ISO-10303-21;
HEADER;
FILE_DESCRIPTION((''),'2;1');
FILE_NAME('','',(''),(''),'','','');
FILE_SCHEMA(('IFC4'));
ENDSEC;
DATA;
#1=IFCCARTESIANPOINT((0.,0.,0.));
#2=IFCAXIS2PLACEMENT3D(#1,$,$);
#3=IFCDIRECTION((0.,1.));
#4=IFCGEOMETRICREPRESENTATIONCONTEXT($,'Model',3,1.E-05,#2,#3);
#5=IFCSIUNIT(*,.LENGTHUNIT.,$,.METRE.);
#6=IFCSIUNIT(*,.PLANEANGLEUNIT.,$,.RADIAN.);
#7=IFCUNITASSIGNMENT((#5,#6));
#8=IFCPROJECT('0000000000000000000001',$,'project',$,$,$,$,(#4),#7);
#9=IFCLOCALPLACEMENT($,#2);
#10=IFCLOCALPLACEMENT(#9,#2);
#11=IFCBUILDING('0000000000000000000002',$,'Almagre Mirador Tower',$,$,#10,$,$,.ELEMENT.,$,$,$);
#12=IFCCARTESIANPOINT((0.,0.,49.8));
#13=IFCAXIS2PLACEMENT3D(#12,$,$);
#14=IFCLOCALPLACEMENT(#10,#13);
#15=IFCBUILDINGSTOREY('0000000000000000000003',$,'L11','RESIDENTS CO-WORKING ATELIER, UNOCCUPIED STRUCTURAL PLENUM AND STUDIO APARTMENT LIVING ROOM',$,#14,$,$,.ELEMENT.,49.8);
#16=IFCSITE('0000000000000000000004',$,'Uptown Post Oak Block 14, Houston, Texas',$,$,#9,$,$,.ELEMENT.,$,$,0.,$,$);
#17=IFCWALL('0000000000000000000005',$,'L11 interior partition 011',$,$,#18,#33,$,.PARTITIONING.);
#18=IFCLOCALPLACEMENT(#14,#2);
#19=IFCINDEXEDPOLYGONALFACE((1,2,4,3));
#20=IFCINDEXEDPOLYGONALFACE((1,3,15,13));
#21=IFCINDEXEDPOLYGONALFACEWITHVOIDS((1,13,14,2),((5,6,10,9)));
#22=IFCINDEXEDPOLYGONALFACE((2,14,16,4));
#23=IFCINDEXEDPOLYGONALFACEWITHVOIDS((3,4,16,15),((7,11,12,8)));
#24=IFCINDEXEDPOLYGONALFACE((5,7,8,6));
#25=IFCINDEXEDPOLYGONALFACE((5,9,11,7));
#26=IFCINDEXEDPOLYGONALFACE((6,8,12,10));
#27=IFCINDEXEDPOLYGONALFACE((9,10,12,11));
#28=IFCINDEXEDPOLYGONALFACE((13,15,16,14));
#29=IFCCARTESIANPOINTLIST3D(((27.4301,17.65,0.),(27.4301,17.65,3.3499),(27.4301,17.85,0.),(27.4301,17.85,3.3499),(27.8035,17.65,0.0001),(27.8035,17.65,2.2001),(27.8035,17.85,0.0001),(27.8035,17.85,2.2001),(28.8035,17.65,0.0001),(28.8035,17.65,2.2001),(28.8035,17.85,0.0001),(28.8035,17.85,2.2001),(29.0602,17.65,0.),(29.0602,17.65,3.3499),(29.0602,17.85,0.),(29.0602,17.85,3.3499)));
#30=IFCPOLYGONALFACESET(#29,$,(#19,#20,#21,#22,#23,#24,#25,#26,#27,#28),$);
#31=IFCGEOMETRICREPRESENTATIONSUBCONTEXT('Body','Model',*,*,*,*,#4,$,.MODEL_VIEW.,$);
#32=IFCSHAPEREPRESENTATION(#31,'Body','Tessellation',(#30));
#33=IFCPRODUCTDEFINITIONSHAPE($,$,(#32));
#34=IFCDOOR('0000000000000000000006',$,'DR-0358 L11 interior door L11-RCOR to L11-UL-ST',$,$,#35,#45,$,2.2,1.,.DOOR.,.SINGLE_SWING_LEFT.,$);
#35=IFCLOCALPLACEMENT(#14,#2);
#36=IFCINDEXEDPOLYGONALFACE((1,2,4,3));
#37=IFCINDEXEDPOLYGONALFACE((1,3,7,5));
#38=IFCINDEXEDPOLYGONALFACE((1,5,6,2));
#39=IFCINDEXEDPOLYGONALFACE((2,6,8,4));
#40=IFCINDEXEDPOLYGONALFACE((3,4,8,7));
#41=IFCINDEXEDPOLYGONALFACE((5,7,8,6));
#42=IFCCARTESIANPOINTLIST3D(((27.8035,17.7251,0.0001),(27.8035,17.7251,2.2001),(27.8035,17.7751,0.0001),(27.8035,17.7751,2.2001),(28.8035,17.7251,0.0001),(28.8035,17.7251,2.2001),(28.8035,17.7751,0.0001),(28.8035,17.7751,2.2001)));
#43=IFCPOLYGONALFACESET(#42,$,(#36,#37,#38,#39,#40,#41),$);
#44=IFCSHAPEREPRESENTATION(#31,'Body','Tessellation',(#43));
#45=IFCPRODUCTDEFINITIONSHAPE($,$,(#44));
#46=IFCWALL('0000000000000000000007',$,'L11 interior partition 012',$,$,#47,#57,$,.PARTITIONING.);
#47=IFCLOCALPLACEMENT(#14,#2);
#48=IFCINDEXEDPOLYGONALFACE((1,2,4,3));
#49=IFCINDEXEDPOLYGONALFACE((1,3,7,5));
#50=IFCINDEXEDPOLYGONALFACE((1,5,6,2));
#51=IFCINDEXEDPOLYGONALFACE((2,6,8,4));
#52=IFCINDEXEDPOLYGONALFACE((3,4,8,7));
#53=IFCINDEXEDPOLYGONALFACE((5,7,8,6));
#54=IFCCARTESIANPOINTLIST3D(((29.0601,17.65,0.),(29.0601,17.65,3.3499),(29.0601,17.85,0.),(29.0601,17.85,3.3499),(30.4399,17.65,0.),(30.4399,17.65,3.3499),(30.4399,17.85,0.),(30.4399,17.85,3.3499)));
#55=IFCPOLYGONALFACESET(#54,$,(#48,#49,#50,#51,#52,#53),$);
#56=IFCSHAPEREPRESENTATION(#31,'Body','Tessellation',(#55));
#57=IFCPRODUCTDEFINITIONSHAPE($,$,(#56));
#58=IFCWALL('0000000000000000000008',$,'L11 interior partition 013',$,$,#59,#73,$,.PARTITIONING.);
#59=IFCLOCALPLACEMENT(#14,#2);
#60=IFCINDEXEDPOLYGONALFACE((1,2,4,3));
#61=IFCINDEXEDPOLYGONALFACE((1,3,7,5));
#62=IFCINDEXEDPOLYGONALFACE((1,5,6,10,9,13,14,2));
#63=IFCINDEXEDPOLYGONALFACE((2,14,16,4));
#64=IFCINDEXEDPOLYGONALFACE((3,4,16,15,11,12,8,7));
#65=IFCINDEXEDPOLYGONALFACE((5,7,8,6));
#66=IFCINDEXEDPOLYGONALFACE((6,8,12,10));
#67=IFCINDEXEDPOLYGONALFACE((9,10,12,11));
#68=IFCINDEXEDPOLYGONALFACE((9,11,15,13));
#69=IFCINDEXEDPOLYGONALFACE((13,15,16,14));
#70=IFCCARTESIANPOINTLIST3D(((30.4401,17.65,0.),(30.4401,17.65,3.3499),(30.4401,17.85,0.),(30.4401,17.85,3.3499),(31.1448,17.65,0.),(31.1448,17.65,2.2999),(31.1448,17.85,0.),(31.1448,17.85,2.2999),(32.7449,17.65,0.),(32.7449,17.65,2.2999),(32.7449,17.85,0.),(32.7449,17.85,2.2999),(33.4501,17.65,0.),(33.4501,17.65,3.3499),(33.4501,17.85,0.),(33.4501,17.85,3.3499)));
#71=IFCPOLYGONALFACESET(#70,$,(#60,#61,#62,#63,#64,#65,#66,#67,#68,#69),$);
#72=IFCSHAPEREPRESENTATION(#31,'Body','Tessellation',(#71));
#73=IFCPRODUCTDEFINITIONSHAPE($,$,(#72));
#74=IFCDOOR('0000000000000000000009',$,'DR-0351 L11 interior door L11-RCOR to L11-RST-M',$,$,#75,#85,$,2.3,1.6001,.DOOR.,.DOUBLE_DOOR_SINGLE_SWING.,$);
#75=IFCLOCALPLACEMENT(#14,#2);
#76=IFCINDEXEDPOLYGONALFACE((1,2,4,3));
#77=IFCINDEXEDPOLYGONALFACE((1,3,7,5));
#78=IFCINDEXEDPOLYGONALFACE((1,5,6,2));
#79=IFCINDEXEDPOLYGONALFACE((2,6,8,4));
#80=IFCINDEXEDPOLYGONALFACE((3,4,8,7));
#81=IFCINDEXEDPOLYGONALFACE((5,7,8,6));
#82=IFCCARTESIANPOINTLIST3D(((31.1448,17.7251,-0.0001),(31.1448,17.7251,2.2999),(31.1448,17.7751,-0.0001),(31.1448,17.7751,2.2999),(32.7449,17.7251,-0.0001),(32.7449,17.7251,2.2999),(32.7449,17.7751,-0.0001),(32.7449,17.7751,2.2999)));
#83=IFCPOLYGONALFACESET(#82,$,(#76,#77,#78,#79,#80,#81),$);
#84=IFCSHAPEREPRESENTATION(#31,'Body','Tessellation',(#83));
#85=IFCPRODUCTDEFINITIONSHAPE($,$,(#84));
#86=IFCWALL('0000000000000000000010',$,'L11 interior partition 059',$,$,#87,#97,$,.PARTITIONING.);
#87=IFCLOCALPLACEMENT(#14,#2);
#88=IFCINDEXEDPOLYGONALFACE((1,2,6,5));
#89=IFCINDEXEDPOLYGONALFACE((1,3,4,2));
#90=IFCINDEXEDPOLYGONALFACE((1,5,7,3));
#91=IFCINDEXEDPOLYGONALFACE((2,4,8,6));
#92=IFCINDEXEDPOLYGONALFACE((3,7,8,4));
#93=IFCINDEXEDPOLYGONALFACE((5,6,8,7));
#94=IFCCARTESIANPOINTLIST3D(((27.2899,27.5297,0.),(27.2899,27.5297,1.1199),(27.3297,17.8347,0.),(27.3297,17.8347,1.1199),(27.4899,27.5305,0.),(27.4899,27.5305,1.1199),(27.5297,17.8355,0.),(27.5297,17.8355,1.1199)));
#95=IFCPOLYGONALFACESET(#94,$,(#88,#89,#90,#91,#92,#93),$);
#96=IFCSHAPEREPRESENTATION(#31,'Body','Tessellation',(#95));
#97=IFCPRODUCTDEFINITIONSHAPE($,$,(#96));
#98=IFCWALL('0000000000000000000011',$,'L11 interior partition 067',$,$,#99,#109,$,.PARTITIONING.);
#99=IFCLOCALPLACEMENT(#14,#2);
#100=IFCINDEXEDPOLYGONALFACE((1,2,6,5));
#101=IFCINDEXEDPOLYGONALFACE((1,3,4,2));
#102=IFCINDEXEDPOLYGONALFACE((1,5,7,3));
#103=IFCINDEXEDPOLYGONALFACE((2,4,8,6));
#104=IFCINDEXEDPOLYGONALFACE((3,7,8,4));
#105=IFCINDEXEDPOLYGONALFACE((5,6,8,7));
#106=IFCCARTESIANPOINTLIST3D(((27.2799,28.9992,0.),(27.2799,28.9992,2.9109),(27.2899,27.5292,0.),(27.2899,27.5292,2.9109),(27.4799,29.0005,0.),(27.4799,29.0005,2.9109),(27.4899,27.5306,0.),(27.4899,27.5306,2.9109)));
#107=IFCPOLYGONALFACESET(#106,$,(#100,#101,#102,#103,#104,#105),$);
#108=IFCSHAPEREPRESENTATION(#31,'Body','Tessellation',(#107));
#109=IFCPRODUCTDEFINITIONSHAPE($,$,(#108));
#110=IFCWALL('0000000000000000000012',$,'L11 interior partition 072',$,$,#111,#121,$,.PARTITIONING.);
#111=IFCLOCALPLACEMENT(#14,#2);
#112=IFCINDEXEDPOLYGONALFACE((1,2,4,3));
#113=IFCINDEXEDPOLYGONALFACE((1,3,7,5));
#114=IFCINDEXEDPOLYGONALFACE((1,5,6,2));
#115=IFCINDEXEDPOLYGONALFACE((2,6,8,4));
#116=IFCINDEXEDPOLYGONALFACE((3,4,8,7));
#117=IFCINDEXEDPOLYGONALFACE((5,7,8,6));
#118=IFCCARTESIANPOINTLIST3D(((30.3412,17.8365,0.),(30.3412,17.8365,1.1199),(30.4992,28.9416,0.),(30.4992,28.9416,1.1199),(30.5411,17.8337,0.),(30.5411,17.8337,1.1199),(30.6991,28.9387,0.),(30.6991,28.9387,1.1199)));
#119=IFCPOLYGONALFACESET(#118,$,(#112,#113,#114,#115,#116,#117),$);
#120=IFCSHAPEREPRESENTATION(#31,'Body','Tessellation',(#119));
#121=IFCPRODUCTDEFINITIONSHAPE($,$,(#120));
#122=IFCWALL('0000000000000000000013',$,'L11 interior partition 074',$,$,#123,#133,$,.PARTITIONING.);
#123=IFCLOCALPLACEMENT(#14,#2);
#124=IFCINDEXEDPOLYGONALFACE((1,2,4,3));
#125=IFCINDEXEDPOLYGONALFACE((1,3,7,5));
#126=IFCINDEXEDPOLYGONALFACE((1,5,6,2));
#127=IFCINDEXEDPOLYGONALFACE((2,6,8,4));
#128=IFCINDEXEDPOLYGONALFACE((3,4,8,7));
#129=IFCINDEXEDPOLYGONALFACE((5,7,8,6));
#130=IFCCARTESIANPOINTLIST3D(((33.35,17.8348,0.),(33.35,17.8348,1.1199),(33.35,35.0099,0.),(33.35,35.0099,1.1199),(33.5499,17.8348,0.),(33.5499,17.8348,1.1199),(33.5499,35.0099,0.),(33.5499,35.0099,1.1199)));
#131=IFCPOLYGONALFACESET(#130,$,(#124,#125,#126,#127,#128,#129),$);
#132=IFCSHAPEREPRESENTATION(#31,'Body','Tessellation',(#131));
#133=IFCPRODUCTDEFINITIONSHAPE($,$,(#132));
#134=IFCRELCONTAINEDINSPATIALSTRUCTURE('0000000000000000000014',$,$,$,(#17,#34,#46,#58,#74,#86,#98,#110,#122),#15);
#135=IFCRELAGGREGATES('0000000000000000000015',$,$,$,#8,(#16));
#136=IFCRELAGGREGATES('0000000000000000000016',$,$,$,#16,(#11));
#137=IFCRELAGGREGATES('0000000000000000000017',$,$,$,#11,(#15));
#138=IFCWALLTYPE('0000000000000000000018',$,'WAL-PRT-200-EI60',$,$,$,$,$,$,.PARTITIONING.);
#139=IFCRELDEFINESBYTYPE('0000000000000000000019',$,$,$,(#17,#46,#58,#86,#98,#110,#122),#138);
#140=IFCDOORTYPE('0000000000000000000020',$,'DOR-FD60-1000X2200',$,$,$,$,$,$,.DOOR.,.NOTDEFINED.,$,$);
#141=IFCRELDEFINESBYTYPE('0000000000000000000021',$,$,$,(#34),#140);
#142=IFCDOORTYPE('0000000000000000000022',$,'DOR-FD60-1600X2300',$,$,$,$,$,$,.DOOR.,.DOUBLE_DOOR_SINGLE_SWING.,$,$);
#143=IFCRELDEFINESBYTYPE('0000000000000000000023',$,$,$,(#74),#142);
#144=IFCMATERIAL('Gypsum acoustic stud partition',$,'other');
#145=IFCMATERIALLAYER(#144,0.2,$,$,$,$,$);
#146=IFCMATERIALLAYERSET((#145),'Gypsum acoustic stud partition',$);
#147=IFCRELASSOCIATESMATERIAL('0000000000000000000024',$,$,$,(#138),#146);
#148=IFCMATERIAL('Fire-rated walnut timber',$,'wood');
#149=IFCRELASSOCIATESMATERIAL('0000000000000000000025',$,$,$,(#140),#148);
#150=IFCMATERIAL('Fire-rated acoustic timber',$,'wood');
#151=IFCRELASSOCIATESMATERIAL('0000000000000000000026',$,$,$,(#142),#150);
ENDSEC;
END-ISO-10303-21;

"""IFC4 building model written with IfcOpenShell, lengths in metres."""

from ifc_helpers import new_model, si_unit, direction, frame, frame_2d, origin, place, context, subcontext, project, spatial, rectangle, extrude, material, layer, layer_set, type_object, element, fill, save


model = new_model("IFC4")

# Units and contexts
model_context = context("Model", 3, precision=1e-05, world=origin(), true_north=direction((0.0, 1.0)))
body_context = subcontext(model_context, "Body", "Model", "MODEL_VIEW")
ifc_project = project(units=[si_unit("LENGTHUNIT", "METRE"), si_unit("PLANEANGLEUNIT", "RADIAN")], contexts=[model_context])

# Site, building, storey
site_placement = place(None, origin())
site = spatial("IfcSite", under=ifc_project, at=site_placement, Name="Uptown Post Oak Block 14, Houston, Texas", CompositionType="ELEMENT", RefElevation=0.0)
building_placement = place(site_placement, origin())
building = spatial("IfcBuilding", under=site, at=building_placement, Name="Almagre Mirador Tower", CompositionType="ELEMENT")
storey_placement = place(building_placement, frame((0.0, 0.0, 49.8)))
storey = spatial("IfcBuildingStorey", under=building, at=storey_placement, Name="L11", Description="RESIDENTS CO-WORKING ATELIER, UNOCCUPIED STRUCTURAL PLENUM AND STUDIO APARTMENT LIVING ROOM", CompositionType="ELEMENT", Elevation=49.8)

# Shared definitions
ifc_material_1 = material(Name="Gypsum acoustic stud partition", Category="other")
ifc_layer_1 = layer(ifc_material_1, 0.2)
ifc_layer_set_1 = layer_set([ifc_layer_1], Name="Gypsum acoustic stud partition")
wall_type_1 = type_object("IfcWallType", Name="WAL-PRT-200-EI60", PredefinedType="PARTITIONING", material=ifc_layer_set_1)

# Wall, opening, door
wall_1_placement = place(storey_placement, frame((29.0601, 17.75, 0.0), z_axis=(0.0, 0.0, 1.0), x_axis=(-1.0, 0.0, 0.0)))
wall_1 = element("IfcWall", 1, at=wall_1_placement, inside=storey, type_object=wall_type_1, Name="L11 interior partition 011", PredefinedType="PARTITIONING", context=body_context, shape_type="SweptSolid", body=[
    extrude(rectangle(XDim=1.6301, YDim=0.2, at=frame_2d((0.8149, 0.0))), origin(), (0.0, 0.0, 1.0), 3.3499),
])
opening_1_placement = place(wall_1_placement, frame((0.2566, 0.0, 0.0)))
opening_1 = element("IfcOpeningElement", 2, at=opening_1_placement, cuts=wall_1, PredefinedType="OPENING", context=body_context, shape_type="SweptSolid", body=[
    extrude(rectangle(XDim=1.0, YDim=2.2, at=frame_2d((0.5, 1.1001))), frame((0.0, 0.1101, 0.0), z_axis=(0.0, -1.0, 0.0), x_axis=(1.0, 0.0, 0.0)), (0.0, 0.0, 1.0), 0.22),
])
ifc_material_2 = material(Name="Fire-rated walnut timber", Category="wood")
door_type_1 = type_object("IfcDoorType", Name="DOR-FD60-1000X2200", OperationType="NOTDEFINED", PredefinedType="DOOR", material=ifc_material_2)
door_1_placement = place(opening_1_placement, origin())
door_1 = element("IfcDoor", 3, at=door_1_placement, inside=storey, type_object=door_type_1, Name="DR-0358 L11 interior door L11-RCOR to L11-UL-ST", OperationType="SINGLE_SWING_LEFT", OverallHeight=2.2, OverallWidth=1.0, PredefinedType="DOOR", context=body_context, shape_type="SweptSolid", body=[
    extrude(rectangle(XDim=1.0, YDim=2.2, at=frame_2d((0.5, 1.1001))), frame((0.0, 0.0249, 0.0), z_axis=(0.0, -1.0, 0.0), x_axis=(1.0, 0.0, 0.0)), (0.0, 0.0, 1.0), 0.05),
])
fill(opening_1, door_1)

# Wall
wall_2_placement = place(storey_placement, frame((30.4399, 17.75, 0.0), z_axis=(0.0, 0.0, 1.0), x_axis=(-1.0, 0.0, 0.0)))
element("IfcWall", 4, at=wall_2_placement, inside=storey, type_object=wall_type_1, Name="L11 interior partition 012", PredefinedType="PARTITIONING", context=body_context, shape_type="SweptSolid", body=[
    extrude(rectangle(XDim=1.3799, YDim=0.2, at=frame_2d((0.6899, 0.0))), origin(), (0.0, 0.0, 1.0), 3.3499),
])

# Wall, opening, door
wall_3_placement = place(storey_placement, frame((33.45, 17.75, 0.0), z_axis=(0.0, 0.0, 1.0), x_axis=(-1.0, 0.0, 0.0)))
wall_3 = element("IfcWall", 5, at=wall_3_placement, inside=storey, type_object=wall_type_1, Name="L11 interior partition 013", PredefinedType="PARTITIONING", context=body_context, shape_type="SweptSolid", body=[
    extrude(rectangle(XDim=3.01, YDim=0.2, at=frame_2d((1.5049, 0.0))), origin(), (0.0, 0.0, 1.0), 3.3499),
])
opening_2_placement = place(wall_3_placement, frame((0.7051, 0.0, 0.0)))
opening_2 = element("IfcOpeningElement", 6, at=opening_2_placement, cuts=wall_3, PredefinedType="OPENING", context=body_context, shape_type="SweptSolid", body=[
    extrude(rectangle(XDim=1.6001, YDim=2.3, at=frame_2d((0.8, 1.1499))), frame((0.0, 0.1101, 0.0), z_axis=(0.0, -1.0, 0.0), x_axis=(1.0, 0.0, 0.0)), (0.0, 0.0, 1.0), 0.22),
])
ifc_material_3 = material(Name="Fire-rated acoustic timber", Category="wood")
door_type_2 = type_object("IfcDoorType", Name="DOR-FD60-1600X2300", OperationType="DOUBLE_DOOR_SINGLE_SWING", PredefinedType="DOOR", material=ifc_material_3)
door_2_placement = place(opening_2_placement, origin())
door_2 = element("IfcDoor", 7, at=door_2_placement, inside=storey, type_object=door_type_2, Name="DR-0351 L11 interior door L11-RCOR to L11-RST-M", OperationType="DOUBLE_DOOR_SINGLE_SWING", OverallHeight=2.3, OverallWidth=1.6001, PredefinedType="DOOR", context=body_context, shape_type="SweptSolid", body=[
    extrude(rectangle(XDim=1.6001, YDim=2.3, at=frame_2d((0.8, 1.1499))), frame((0.0, 0.0249, 0.0), z_axis=(0.0, -1.0, 0.0), x_axis=(1.0, 0.0, 0.0)), (0.0, 0.0, 1.0), 0.05),
])
fill(opening_2, door_2)

# Walls
wall_4_placement = place(storey_placement, frame((27.4297, 17.835, 0.0), z_axis=(0.0, 0.0, 1.0), x_axis=(-0.004105, 0.999992, 0.0)))
element("IfcWall", 8, at=wall_4_placement, inside=storey, type_object=wall_type_1, Name="L11 interior partition 059", PredefinedType="PARTITIONING", context=body_context, shape_type="SweptSolid", body=[
    extrude(rectangle(XDim=9.6951, YDim=0.2, at=frame_2d((4.8477, 0.0))), origin(), (0.0, 0.0, 1.0), 1.1199),
])
wall_5_placement = place(storey_placement, frame((27.3899, 27.53, 0.0), z_axis=(0.0, 0.0, 1.0), x_axis=(-0.006809, 0.999977, 0.0)))
element("IfcWall", 9, at=wall_5_placement, inside=storey, type_object=wall_type_1, Name="L11 interior partition 067", PredefinedType="PARTITIONING", context=body_context, shape_type="SweptSolid", body=[
    extrude(rectangle(XDim=1.47, YDim=0.2, at=frame_2d((0.7349, 0.0))), origin(), (0.0, 0.0, 1.0), 2.9109),
])
wall_6_placement = place(storey_placement, frame((30.4412, 17.835, 0.0), z_axis=(0.0, 0.0, 1.0), x_axis=(0.014223, 0.999899, 0.0)))
element("IfcWall", 10, at=wall_6_placement, inside=storey, type_object=wall_type_1, Name="L11 interior partition 072", PredefinedType="PARTITIONING", context=body_context, shape_type="SweptSolid", body=[
    extrude(rectangle(XDim=11.1062, YDim=0.2, at=frame_2d((5.5532, 0.0))), origin(), (0.0, 0.0, 1.0), 1.1199),
])
wall_7_placement = place(storey_placement, frame((33.45, 17.835, 0.0), z_axis=(0.0, 0.0, 1.0), x_axis=(0.0, 1.0, 0.0)))
element("IfcWall", 11, at=wall_7_placement, inside=storey, type_object=wall_type_1, Name="L11 interior partition 074", PredefinedType="PARTITIONING", context=body_context, shape_type="SweptSolid", body=[
    extrude(rectangle(XDim=17.175, YDim=0.2, at=frame_2d((8.5874, 0.0))), origin(), (0.0, 0.0, 1.0), 1.1199),
])

save(model, "model.ifc")
